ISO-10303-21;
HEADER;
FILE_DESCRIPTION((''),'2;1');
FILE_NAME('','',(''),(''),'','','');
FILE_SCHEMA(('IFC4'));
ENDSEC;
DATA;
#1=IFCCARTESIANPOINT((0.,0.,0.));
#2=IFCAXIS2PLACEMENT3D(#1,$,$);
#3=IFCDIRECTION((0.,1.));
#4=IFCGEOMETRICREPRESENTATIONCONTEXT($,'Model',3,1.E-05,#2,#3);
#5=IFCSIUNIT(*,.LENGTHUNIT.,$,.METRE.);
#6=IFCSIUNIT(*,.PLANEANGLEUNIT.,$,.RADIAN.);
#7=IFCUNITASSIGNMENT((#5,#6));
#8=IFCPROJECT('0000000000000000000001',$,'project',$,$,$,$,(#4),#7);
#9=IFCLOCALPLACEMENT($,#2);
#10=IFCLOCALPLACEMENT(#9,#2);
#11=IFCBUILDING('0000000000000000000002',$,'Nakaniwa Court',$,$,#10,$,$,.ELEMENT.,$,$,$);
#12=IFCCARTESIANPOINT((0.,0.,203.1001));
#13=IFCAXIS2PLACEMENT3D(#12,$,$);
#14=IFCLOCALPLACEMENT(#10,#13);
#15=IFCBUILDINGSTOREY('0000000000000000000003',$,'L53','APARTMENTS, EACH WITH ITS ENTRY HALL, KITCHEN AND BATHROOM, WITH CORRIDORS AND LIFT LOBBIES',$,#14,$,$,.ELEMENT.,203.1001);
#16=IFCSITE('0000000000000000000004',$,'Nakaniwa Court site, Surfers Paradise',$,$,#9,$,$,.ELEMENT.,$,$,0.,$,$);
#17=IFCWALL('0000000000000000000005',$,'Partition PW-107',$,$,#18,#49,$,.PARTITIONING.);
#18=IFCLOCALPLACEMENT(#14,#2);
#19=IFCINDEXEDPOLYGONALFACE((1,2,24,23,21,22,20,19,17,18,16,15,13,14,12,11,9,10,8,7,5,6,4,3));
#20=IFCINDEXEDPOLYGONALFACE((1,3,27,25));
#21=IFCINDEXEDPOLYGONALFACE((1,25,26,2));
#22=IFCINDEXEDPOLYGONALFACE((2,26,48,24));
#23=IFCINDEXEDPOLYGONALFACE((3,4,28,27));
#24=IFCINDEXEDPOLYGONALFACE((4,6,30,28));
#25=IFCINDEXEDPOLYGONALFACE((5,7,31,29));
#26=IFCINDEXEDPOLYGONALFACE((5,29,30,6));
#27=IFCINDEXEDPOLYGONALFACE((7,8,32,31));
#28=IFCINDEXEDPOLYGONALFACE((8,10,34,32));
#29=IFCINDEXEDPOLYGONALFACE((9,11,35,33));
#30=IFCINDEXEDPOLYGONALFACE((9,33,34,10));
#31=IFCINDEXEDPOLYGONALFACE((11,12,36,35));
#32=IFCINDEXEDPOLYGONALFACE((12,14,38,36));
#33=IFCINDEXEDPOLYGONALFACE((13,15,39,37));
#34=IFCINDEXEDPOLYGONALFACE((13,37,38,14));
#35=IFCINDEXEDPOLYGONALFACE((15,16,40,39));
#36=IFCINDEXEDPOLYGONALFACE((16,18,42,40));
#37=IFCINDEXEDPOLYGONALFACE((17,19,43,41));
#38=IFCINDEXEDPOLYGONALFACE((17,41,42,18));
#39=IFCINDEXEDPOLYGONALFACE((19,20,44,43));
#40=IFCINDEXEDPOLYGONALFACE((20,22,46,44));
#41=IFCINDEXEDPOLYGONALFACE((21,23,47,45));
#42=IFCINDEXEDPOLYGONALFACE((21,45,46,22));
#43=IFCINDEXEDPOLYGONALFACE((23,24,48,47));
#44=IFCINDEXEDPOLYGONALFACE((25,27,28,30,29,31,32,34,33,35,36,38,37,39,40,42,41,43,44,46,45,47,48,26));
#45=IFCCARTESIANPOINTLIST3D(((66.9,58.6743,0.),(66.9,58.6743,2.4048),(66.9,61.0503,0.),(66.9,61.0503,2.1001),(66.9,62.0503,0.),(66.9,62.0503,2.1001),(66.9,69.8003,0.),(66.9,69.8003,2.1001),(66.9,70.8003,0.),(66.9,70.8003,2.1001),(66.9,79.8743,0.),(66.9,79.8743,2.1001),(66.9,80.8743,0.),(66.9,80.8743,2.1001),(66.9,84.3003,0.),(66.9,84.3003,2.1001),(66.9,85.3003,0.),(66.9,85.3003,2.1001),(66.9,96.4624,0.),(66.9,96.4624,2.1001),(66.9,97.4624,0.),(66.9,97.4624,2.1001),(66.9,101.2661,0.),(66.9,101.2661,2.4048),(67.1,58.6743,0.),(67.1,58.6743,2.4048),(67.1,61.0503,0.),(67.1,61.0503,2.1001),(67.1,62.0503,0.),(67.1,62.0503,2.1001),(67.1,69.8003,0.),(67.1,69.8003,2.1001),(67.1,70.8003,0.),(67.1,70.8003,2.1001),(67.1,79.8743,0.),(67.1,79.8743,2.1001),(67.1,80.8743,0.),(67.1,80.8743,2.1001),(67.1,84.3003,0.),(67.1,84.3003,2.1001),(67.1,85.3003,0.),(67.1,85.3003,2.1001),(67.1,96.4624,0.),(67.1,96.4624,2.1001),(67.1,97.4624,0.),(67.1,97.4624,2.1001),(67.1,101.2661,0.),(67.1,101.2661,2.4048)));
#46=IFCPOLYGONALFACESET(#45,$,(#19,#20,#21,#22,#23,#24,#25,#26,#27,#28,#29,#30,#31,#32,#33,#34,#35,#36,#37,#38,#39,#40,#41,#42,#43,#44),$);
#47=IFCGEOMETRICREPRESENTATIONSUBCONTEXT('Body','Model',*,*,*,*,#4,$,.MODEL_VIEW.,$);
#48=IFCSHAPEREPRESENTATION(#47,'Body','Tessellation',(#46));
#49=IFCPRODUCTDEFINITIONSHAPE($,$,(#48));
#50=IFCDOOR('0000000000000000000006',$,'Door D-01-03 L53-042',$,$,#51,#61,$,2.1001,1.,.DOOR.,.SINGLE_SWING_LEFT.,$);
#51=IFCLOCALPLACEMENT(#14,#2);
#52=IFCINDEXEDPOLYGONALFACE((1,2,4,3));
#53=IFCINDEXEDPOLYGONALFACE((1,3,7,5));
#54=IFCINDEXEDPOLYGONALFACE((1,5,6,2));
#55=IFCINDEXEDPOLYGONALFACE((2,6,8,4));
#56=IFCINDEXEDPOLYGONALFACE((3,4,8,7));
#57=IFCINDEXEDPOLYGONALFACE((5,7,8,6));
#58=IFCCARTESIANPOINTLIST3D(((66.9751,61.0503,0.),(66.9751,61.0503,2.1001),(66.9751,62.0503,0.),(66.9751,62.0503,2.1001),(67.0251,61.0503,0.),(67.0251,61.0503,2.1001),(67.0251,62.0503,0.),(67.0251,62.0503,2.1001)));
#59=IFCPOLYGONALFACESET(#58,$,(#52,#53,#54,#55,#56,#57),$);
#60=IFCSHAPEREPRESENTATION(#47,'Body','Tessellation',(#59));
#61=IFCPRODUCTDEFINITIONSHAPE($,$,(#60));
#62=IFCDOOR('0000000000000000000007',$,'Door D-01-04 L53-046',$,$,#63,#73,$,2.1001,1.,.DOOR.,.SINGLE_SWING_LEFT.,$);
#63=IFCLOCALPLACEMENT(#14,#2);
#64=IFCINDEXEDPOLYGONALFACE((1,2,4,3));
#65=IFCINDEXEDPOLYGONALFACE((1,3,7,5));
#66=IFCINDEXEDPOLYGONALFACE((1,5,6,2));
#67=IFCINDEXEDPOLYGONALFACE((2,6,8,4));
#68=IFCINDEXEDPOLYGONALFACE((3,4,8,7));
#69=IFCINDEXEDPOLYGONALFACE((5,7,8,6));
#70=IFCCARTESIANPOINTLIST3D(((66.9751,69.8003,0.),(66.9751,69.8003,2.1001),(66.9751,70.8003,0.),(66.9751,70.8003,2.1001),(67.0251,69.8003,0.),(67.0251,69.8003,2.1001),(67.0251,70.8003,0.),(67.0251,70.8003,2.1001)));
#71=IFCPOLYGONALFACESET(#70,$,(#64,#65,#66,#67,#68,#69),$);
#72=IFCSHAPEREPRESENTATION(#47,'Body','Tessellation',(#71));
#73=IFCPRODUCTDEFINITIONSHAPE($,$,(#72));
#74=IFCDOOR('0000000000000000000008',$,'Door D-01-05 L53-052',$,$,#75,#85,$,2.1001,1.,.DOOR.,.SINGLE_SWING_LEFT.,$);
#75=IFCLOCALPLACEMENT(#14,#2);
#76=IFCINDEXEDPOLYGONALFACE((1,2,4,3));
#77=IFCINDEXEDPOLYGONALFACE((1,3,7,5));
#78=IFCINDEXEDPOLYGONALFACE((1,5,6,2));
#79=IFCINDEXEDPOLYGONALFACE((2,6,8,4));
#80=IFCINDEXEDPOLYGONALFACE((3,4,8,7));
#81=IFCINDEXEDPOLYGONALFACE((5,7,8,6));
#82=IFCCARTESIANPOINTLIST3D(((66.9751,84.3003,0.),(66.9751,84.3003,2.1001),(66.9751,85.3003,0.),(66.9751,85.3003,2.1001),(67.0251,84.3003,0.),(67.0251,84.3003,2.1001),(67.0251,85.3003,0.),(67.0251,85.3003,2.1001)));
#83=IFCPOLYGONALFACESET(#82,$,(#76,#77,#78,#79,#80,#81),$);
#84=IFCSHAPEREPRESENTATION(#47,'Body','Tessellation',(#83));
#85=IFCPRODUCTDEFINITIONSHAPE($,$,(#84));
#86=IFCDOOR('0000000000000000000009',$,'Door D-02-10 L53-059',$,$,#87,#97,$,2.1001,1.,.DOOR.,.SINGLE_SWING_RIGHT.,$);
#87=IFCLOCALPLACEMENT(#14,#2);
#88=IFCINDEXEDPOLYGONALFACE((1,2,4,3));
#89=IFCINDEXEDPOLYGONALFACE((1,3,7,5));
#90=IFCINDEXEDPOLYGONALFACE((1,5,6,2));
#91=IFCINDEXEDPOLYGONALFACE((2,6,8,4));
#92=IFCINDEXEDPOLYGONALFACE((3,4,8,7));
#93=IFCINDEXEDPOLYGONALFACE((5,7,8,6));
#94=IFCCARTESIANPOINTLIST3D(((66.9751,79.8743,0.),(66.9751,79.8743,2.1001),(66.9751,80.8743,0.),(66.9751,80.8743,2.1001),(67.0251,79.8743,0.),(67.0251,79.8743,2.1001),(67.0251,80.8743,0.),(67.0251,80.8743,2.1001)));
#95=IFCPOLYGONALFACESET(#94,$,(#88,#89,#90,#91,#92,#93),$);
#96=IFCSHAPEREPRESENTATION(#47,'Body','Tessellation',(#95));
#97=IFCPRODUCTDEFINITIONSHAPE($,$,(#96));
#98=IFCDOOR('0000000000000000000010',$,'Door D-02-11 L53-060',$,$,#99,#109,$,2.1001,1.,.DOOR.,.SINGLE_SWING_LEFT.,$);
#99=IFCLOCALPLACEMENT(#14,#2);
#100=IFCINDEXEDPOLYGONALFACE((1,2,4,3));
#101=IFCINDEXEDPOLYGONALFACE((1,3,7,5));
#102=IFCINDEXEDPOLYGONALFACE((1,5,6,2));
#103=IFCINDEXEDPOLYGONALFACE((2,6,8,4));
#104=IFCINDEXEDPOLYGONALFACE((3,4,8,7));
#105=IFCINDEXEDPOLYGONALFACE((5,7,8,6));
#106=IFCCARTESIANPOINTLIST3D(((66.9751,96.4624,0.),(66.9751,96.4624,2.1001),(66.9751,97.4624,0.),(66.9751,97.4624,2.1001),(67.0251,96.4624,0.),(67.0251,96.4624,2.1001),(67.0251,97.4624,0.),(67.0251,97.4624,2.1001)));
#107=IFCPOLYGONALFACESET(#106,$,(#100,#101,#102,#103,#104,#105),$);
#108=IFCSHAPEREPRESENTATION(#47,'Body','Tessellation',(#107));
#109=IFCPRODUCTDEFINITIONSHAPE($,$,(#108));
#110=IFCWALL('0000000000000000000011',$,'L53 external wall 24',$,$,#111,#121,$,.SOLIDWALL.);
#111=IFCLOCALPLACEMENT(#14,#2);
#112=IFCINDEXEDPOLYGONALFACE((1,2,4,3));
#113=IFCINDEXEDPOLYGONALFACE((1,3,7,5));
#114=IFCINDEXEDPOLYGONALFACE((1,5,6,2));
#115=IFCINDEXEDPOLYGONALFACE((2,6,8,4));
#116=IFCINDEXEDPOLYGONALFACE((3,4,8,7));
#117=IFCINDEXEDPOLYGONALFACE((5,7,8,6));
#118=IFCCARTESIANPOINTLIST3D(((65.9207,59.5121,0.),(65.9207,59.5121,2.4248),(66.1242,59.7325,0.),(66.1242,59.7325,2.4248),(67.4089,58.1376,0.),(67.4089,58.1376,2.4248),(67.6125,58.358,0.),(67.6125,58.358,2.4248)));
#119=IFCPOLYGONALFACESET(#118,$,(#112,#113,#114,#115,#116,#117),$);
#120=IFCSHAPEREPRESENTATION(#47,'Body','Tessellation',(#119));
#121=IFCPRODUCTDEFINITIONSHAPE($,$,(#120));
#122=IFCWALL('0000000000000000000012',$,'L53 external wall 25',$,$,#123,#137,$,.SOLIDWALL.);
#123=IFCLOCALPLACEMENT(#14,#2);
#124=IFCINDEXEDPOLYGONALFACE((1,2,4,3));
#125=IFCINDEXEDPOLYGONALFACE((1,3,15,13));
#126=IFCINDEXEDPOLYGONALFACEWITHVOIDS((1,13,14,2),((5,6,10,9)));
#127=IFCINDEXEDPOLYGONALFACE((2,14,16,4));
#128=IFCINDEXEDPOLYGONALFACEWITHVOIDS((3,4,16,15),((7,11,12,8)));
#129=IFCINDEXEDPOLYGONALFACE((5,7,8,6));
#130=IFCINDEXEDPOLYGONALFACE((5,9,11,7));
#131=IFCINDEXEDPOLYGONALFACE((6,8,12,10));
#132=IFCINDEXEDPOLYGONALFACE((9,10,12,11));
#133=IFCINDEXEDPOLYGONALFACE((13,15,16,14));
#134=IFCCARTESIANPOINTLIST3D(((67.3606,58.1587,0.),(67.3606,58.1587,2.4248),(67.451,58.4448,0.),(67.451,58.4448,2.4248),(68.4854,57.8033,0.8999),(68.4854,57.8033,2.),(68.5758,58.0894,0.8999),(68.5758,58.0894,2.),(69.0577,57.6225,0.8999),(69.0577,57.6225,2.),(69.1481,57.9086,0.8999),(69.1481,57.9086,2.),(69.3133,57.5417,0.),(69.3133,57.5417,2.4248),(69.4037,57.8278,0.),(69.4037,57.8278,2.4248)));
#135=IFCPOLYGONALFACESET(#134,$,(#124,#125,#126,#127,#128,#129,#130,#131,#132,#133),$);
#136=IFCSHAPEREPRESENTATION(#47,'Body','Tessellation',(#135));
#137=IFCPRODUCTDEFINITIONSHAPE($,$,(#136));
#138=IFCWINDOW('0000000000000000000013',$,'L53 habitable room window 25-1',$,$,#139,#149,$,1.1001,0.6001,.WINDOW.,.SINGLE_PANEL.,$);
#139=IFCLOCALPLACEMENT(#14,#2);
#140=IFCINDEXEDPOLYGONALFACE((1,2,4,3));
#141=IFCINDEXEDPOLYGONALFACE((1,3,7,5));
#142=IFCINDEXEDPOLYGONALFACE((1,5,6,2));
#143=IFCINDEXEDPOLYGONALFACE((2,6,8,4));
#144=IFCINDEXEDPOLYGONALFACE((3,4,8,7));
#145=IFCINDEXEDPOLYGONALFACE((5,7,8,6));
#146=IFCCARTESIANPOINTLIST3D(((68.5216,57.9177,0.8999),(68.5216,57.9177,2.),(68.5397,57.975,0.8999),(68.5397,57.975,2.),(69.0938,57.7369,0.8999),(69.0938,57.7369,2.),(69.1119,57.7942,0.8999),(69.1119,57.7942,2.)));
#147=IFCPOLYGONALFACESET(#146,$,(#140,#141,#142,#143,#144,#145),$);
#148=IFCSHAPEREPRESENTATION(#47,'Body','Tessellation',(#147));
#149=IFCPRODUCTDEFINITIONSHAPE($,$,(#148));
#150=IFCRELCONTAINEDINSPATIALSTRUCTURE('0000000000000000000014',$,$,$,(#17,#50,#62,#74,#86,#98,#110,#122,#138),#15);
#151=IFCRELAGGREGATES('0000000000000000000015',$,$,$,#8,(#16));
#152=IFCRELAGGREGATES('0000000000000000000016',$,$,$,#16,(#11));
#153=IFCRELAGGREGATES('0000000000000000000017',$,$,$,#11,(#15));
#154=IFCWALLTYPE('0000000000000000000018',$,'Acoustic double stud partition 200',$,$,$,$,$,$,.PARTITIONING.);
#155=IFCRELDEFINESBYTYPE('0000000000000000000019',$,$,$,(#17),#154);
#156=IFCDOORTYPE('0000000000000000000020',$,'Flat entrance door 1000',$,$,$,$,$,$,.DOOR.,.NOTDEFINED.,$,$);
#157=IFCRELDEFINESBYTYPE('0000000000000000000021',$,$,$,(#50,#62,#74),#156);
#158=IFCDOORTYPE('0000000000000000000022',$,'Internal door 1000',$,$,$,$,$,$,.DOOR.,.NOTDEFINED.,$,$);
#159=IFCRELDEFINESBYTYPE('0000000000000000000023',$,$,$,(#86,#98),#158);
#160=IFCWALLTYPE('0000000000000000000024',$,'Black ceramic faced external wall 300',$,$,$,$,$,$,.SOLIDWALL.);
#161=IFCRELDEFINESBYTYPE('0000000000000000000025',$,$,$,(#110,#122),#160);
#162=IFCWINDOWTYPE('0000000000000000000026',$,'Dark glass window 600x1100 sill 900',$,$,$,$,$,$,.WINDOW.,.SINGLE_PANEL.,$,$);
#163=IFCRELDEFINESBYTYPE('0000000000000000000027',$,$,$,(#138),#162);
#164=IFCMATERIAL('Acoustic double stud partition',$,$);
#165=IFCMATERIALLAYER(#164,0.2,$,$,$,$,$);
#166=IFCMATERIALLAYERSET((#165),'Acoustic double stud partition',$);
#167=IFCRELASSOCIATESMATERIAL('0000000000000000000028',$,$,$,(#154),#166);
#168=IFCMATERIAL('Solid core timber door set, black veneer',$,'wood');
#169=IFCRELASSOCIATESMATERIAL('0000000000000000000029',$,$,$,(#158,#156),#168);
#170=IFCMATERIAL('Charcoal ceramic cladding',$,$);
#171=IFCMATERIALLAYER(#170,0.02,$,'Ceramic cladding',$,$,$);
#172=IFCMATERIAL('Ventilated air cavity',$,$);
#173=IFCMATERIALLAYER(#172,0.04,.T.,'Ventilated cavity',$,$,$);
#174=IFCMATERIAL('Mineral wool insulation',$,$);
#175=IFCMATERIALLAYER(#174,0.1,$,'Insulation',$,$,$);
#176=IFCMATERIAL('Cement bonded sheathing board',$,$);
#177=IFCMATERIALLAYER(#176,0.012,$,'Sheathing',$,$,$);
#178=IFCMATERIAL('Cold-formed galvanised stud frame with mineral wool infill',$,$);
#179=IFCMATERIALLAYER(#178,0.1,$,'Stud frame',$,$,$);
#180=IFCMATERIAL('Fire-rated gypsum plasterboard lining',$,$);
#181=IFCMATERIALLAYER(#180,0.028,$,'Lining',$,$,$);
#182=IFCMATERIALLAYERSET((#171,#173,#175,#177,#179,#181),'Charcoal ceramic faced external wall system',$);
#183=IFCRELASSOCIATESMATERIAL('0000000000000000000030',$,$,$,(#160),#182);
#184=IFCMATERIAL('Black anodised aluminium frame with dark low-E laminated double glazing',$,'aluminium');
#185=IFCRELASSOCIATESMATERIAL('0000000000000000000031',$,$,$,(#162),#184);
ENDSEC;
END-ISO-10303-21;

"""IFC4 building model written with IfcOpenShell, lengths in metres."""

from ifc_helpers import new_model, si_unit, direction, frame, frame_2d, origin, place, context, subcontext, project, spatial, rectangle, extrude, material, layer, layer_set, type_object, element, fill, save


model = new_model("IFC4")

# Units and contexts
model_context = context("Model", 3, precision=1e-05, world=origin(), true_north=direction((0.0, 1.0)))
body_context = subcontext(model_context, "Body", "Model", "MODEL_VIEW")
ifc_project = project(units=[si_unit("LENGTHUNIT", "METRE"), si_unit("PLANEANGLEUNIT", "RADIAN")], contexts=[model_context])

# Site, building, storey
site_placement = place(None, origin())
site = spatial("IfcSite", under=ifc_project, at=site_placement, Name="Nakaniwa Court site, Surfers Paradise", CompositionType="ELEMENT", RefElevation=0.0)
building_placement = place(site_placement, origin())
building = spatial("IfcBuilding", under=site, at=building_placement, Name="Nakaniwa Court", CompositionType="ELEMENT")
storey_placement = place(building_placement, frame((0.0, 0.0, 203.1001)))
storey = spatial("IfcBuildingStorey", under=building, at=storey_placement, Name="L53", Description="APARTMENTS, EACH WITH ITS ENTRY HALL, KITCHEN AND BATHROOM, WITH CORRIDORS AND LIFT LOBBIES", CompositionType="ELEMENT", Elevation=203.1001)

# Shared definitions
ifc_material_1 = material(Name="Acoustic double stud partition")
ifc_layer_1 = layer(ifc_material_1, 0.2)
ifc_layer_set_1 = layer_set([ifc_layer_1], Name="Acoustic double stud partition")
wall_type_1 = type_object("IfcWallType", Name="Acoustic double stud partition 200", PredefinedType="PARTITIONING", material=ifc_layer_set_1)

# Shared definitions
ifc_material_2 = material(Name="Solid core timber door set, black veneer", Category="wood")
door_type_1 = type_object("IfcDoorType", Name="Internal door 1000", OperationType="NOTDEFINED", PredefinedType="DOOR", material=ifc_material_2)

# Wall, openings, doors
wall_1_placement = place(storey_placement, frame((67.0, 58.6743, 0.0), z_axis=(0.0, 0.0, 1.0), x_axis=(0.0, 1.0, 0.0)))
wall_1 = element("IfcWall", 1, at=wall_1_placement, inside=storey, type_object=wall_type_1, Name="Partition PW-107", PredefinedType="PARTITIONING", context=body_context, shape_type="SweptSolid", body=[
    extrude(rectangle(XDim=42.5918, YDim=0.2, at=frame_2d((21.2959, 0.0))), origin(), (0.0, 0.0, 1.0), 2.4048),
])
opening_1_placement = place(wall_1_placement, frame((2.376, 0.0, 0.0)))
opening_1 = element("IfcOpeningElement", 2, at=opening_1_placement, cuts=wall_1, PredefinedType="OPENING", context=body_context, shape_type="SweptSolid", body=[
    extrude(rectangle(XDim=1.0, YDim=2.1001, at=frame_2d((0.5, 1.05))), frame((0.0, 0.1099, 0.0), z_axis=(0.0, -1.0, 0.0), x_axis=(1.0, 0.0, 0.0)), (0.0, 0.0, 1.0), 0.22),
])
opening_2_placement = place(wall_1_placement, frame((11.126, 0.0, 0.0)))
opening_2 = element("IfcOpeningElement", 3, at=opening_2_placement, cuts=wall_1, PredefinedType="OPENING", context=body_context, shape_type="SweptSolid", body=[
    extrude(rectangle(XDim=1.0, YDim=2.1001, at=frame_2d((0.5, 1.05))), frame((0.0, 0.1099, 0.0), z_axis=(0.0, -1.0, 0.0), x_axis=(1.0, 0.0, 0.0)), (0.0, 0.0, 1.0), 0.22),
])
opening_3_placement = place(wall_1_placement, frame((25.626, 0.0, 0.0)))
opening_3 = element("IfcOpeningElement", 4, at=opening_3_placement, cuts=wall_1, PredefinedType="OPENING", context=body_context, shape_type="SweptSolid", body=[
    extrude(rectangle(XDim=1.0, YDim=2.1001, at=frame_2d((0.5, 1.05))), frame((0.0, 0.1099, 0.0), z_axis=(0.0, -1.0, 0.0), x_axis=(1.0, 0.0, 0.0)), (0.0, 0.0, 1.0), 0.22),
])
opening_4_placement = place(wall_1_placement, frame((21.2, 0.0, 0.0)))
opening_4 = element("IfcOpeningElement", 5, at=opening_4_placement, cuts=wall_1, PredefinedType="OPENING", context=body_context, shape_type="SweptSolid", body=[
    extrude(rectangle(XDim=1.0, YDim=2.1001, at=frame_2d((0.5, 1.05))), frame((0.0, 0.1099, 0.0), z_axis=(0.0, -1.0, 0.0), x_axis=(1.0, 0.0, 0.0)), (0.0, 0.0, 1.0), 0.22),
])
opening_5_placement = place(wall_1_placement, frame((37.7881, 0.0, 0.0)))
opening_5 = element("IfcOpeningElement", 6, at=opening_5_placement, cuts=wall_1, PredefinedType="OPENING", context=body_context, shape_type="SweptSolid", body=[
    extrude(rectangle(XDim=1.0, YDim=2.1001, at=frame_2d((0.5, 1.05))), frame((0.0, 0.1099, 0.0), z_axis=(0.0, -1.0, 0.0), x_axis=(1.0, 0.0, 0.0)), (0.0, 0.0, 1.0), 0.22),
])
door_type_2 = type_object("IfcDoorType", Name="Flat entrance door 1000", OperationType="NOTDEFINED", PredefinedType="DOOR", material=ifc_material_2)
door_1_placement = place(opening_1_placement, origin())
door_1 = element("IfcDoor", 7, at=door_1_placement, inside=storey, type_object=door_type_2, Name="Door D-01-03 L53-042", OperationType="SINGLE_SWING_LEFT", OverallHeight=2.1001, OverallWidth=1.0, PredefinedType="DOOR", context=body_context, shape_type="SweptSolid", body=[
    extrude(rectangle(XDim=1.0, YDim=2.1001, at=frame_2d((0.5, 1.05))), frame((0.0, 0.0249, 0.0), z_axis=(0.0, -1.0, 0.0), x_axis=(1.0, 0.0, 0.0)), (0.0, 0.0, 1.0), 0.05),
])
fill(opening_1, door_1)
door_2_placement = place(opening_2_placement, origin())
door_2 = element("IfcDoor", 8, at=door_2_placement, inside=storey, type_object=door_type_2, Name="Door D-01-04 L53-046", OperationType="SINGLE_SWING_LEFT", OverallHeight=2.1001, OverallWidth=1.0, PredefinedType="DOOR", context=body_context, shape_type="SweptSolid", body=[
    extrude(rectangle(XDim=1.0, YDim=2.1001, at=frame_2d((0.5, 1.05))), frame((0.0, 0.0249, 0.0), z_axis=(0.0, -1.0, 0.0), x_axis=(1.0, 0.0, 0.0)), (0.0, 0.0, 1.0), 0.05),
])
fill(opening_2, door_2)
door_3_placement = place(opening_3_placement, origin())
door_3 = element("IfcDoor", 9, at=door_3_placement, inside=storey, type_object=door_type_2, Name="Door D-01-05 L53-052", OperationType="SINGLE_SWING_LEFT", OverallHeight=2.1001, OverallWidth=1.0, PredefinedType="DOOR", context=body_context, shape_type="SweptSolid", body=[
    extrude(rectangle(XDim=1.0, YDim=2.1001, at=frame_2d((0.5, 1.05))), frame((0.0, 0.0249, 0.0), z_axis=(0.0, -1.0, 0.0), x_axis=(1.0, 0.0, 0.0)), (0.0, 0.0, 1.0), 0.05),
])
fill(opening_3, door_3)
door_4_placement = place(opening_4_placement, origin())
door_4 = element("IfcDoor", 10, at=door_4_placement, inside=storey, type_object=door_type_1, Name="Door D-02-10 L53-059", OperationType="SINGLE_SWING_RIGHT", OverallHeight=2.1001, OverallWidth=1.0, PredefinedType="DOOR", context=body_context, shape_type="SweptSolid", body=[
    extrude(rectangle(XDim=1.0, YDim=2.1001, at=frame_2d((0.5, 1.05))), frame((0.0, 0.0249, 0.0), z_axis=(0.0, -1.0, 0.0), x_axis=(1.0, 0.0, 0.0)), (0.0, 0.0, 1.0), 0.05),
])
fill(opening_4, door_4)
door_5_placement = place(opening_5_placement, origin())
door_5 = element("IfcDoor", 11, at=door_5_placement, inside=storey, type_object=door_type_1, Name="Door D-02-11 L53-060", OperationType="SINGLE_SWING_LEFT", OverallHeight=2.1001, OverallWidth=1.0, PredefinedType="DOOR", context=body_context, shape_type="SweptSolid", body=[
    extrude(rectangle(XDim=1.0, YDim=2.1001, at=frame_2d((0.5, 1.05))), frame((0.0, 0.0249, 0.0), z_axis=(0.0, -1.0, 0.0), x_axis=(1.0, 0.0, 0.0)), (0.0, 0.0, 1.0), 0.05),
])
fill(opening_5, door_5)

# Wall
ifc_material_3 = material(Name="Charcoal ceramic cladding")
ifc_layer_2 = layer(ifc_material_3, 0.02, Name="Ceramic cladding")
ifc_material_4 = material(Name="Ventilated air cavity")
ifc_layer_3 = layer(ifc_material_4, 0.04, ventilated=True, Name="Ventilated cavity")
ifc_material_5 = material(Name="Mineral wool insulation")
ifc_layer_4 = layer(ifc_material_5, 0.1, Name="Insulation")
ifc_material_6 = material(Name="Cement bonded sheathing board")
ifc_layer_5 = layer(ifc_material_6, 0.012, Name="Sheathing")
ifc_material_7 = material(Name="Cold-formed galvanised stud frame with mineral wool infill")
ifc_layer_6 = layer(ifc_material_7, 0.1, Name="Stud frame")
ifc_material_8 = material(Name="Fire-rated gypsum plasterboard lining")
ifc_layer_7 = layer(ifc_material_8, 0.028, Name="Lining")
ifc_layer_set_2 = layer_set([ifc_layer_2, ifc_layer_3, ifc_layer_4, ifc_layer_5, ifc_layer_6, ifc_layer_7], Name="Charcoal ceramic faced external wall system")
wall_type_2 = type_object("IfcWallType", Name="Black ceramic faced external wall 300", PredefinedType="SOLIDWALL", material=ifc_layer_set_2)
wall_2_placement = place(storey_placement, frame((66.0225, 59.6223, 0.0), z_axis=(0.0, 0.0, 1.0), x_axis=(0.734628, -0.67847, 0.0)))
element("IfcWall", 12, at=wall_2_placement, inside=storey, type_object=wall_type_2, Name="L53 external wall 24", PredefinedType="SOLIDWALL", context=body_context, shape_type="SweptSolid", body=[
    extrude(rectangle(XDim=2.0259, YDim=0.3, at=frame_2d((1.0129, 0.0))), origin(), (0.0, 0.0, 1.0), 2.4248),
])

# Wall, opening, window
wall_3_placement = place(storey_placement, frame((67.4058, 58.3018, 0.0), z_axis=(0.0, 0.0, 1.0), x_axis=(0.953538, -0.301274, 0.0)))
wall_3 = element("IfcWall", 13, at=wall_3_placement, inside=storey, type_object=wall_type_2, Name="L53 external wall 25", PredefinedType="SOLIDWALL", context=body_context, shape_type="SweptSolid", body=[
    extrude(rectangle(XDim=2.0479, YDim=0.3, at=frame_2d((1.0239, 0.0))), origin(), (0.0, 0.0, 1.0), 2.4248),
])
opening_6_placement = place(wall_3_placement, frame((1.1797, 0.0, 0.8999)))
opening_6 = element("IfcOpeningElement", 14, at=opening_6_placement, cuts=wall_3, PredefinedType="OPENING", context=body_context, shape_type="SweptSolid", body=[
    extrude(rectangle(XDim=0.6001, YDim=1.1001, at=frame_2d((0.3, 0.55))), frame((0.0, 0.1599, 0.0), z_axis=(0.0, -1.0, 0.0), x_axis=(1.0, 0.0, 0.0)), (0.0, 0.0, 1.0), 0.3201),
])
ifc_material_9 = material(Name="Black anodised aluminium frame with dark low-E laminated double glazing", Category="aluminium")
window_type = type_object("IfcWindowType", Name="Dark glass window 600x1100 sill 900", PartitioningType="SINGLE_PANEL", PredefinedType="WINDOW", material=ifc_material_9)
window_placement = place(opening_6_placement, origin())
window = element("IfcWindow", 15, at=window_placement, inside=storey, type_object=window_type, Name="L53 habitable room window 25-1", OverallHeight=1.1001, OverallWidth=0.6001, PartitioningType="SINGLE_PANEL", PredefinedType="WINDOW", context=body_context, shape_type="SweptSolid", body=[
    extrude(rectangle(XDim=0.6001, YDim=1.1001, at=frame_2d((0.3, 0.55))), frame((0.0, 0.03, 0.0), z_axis=(0.0, -1.0, 0.0), x_axis=(1.0, 0.0, 0.0)), (0.0, 0.0, 1.0), 0.0601),
])
fill(opening_6, window)

save(model, "model.ifc")
